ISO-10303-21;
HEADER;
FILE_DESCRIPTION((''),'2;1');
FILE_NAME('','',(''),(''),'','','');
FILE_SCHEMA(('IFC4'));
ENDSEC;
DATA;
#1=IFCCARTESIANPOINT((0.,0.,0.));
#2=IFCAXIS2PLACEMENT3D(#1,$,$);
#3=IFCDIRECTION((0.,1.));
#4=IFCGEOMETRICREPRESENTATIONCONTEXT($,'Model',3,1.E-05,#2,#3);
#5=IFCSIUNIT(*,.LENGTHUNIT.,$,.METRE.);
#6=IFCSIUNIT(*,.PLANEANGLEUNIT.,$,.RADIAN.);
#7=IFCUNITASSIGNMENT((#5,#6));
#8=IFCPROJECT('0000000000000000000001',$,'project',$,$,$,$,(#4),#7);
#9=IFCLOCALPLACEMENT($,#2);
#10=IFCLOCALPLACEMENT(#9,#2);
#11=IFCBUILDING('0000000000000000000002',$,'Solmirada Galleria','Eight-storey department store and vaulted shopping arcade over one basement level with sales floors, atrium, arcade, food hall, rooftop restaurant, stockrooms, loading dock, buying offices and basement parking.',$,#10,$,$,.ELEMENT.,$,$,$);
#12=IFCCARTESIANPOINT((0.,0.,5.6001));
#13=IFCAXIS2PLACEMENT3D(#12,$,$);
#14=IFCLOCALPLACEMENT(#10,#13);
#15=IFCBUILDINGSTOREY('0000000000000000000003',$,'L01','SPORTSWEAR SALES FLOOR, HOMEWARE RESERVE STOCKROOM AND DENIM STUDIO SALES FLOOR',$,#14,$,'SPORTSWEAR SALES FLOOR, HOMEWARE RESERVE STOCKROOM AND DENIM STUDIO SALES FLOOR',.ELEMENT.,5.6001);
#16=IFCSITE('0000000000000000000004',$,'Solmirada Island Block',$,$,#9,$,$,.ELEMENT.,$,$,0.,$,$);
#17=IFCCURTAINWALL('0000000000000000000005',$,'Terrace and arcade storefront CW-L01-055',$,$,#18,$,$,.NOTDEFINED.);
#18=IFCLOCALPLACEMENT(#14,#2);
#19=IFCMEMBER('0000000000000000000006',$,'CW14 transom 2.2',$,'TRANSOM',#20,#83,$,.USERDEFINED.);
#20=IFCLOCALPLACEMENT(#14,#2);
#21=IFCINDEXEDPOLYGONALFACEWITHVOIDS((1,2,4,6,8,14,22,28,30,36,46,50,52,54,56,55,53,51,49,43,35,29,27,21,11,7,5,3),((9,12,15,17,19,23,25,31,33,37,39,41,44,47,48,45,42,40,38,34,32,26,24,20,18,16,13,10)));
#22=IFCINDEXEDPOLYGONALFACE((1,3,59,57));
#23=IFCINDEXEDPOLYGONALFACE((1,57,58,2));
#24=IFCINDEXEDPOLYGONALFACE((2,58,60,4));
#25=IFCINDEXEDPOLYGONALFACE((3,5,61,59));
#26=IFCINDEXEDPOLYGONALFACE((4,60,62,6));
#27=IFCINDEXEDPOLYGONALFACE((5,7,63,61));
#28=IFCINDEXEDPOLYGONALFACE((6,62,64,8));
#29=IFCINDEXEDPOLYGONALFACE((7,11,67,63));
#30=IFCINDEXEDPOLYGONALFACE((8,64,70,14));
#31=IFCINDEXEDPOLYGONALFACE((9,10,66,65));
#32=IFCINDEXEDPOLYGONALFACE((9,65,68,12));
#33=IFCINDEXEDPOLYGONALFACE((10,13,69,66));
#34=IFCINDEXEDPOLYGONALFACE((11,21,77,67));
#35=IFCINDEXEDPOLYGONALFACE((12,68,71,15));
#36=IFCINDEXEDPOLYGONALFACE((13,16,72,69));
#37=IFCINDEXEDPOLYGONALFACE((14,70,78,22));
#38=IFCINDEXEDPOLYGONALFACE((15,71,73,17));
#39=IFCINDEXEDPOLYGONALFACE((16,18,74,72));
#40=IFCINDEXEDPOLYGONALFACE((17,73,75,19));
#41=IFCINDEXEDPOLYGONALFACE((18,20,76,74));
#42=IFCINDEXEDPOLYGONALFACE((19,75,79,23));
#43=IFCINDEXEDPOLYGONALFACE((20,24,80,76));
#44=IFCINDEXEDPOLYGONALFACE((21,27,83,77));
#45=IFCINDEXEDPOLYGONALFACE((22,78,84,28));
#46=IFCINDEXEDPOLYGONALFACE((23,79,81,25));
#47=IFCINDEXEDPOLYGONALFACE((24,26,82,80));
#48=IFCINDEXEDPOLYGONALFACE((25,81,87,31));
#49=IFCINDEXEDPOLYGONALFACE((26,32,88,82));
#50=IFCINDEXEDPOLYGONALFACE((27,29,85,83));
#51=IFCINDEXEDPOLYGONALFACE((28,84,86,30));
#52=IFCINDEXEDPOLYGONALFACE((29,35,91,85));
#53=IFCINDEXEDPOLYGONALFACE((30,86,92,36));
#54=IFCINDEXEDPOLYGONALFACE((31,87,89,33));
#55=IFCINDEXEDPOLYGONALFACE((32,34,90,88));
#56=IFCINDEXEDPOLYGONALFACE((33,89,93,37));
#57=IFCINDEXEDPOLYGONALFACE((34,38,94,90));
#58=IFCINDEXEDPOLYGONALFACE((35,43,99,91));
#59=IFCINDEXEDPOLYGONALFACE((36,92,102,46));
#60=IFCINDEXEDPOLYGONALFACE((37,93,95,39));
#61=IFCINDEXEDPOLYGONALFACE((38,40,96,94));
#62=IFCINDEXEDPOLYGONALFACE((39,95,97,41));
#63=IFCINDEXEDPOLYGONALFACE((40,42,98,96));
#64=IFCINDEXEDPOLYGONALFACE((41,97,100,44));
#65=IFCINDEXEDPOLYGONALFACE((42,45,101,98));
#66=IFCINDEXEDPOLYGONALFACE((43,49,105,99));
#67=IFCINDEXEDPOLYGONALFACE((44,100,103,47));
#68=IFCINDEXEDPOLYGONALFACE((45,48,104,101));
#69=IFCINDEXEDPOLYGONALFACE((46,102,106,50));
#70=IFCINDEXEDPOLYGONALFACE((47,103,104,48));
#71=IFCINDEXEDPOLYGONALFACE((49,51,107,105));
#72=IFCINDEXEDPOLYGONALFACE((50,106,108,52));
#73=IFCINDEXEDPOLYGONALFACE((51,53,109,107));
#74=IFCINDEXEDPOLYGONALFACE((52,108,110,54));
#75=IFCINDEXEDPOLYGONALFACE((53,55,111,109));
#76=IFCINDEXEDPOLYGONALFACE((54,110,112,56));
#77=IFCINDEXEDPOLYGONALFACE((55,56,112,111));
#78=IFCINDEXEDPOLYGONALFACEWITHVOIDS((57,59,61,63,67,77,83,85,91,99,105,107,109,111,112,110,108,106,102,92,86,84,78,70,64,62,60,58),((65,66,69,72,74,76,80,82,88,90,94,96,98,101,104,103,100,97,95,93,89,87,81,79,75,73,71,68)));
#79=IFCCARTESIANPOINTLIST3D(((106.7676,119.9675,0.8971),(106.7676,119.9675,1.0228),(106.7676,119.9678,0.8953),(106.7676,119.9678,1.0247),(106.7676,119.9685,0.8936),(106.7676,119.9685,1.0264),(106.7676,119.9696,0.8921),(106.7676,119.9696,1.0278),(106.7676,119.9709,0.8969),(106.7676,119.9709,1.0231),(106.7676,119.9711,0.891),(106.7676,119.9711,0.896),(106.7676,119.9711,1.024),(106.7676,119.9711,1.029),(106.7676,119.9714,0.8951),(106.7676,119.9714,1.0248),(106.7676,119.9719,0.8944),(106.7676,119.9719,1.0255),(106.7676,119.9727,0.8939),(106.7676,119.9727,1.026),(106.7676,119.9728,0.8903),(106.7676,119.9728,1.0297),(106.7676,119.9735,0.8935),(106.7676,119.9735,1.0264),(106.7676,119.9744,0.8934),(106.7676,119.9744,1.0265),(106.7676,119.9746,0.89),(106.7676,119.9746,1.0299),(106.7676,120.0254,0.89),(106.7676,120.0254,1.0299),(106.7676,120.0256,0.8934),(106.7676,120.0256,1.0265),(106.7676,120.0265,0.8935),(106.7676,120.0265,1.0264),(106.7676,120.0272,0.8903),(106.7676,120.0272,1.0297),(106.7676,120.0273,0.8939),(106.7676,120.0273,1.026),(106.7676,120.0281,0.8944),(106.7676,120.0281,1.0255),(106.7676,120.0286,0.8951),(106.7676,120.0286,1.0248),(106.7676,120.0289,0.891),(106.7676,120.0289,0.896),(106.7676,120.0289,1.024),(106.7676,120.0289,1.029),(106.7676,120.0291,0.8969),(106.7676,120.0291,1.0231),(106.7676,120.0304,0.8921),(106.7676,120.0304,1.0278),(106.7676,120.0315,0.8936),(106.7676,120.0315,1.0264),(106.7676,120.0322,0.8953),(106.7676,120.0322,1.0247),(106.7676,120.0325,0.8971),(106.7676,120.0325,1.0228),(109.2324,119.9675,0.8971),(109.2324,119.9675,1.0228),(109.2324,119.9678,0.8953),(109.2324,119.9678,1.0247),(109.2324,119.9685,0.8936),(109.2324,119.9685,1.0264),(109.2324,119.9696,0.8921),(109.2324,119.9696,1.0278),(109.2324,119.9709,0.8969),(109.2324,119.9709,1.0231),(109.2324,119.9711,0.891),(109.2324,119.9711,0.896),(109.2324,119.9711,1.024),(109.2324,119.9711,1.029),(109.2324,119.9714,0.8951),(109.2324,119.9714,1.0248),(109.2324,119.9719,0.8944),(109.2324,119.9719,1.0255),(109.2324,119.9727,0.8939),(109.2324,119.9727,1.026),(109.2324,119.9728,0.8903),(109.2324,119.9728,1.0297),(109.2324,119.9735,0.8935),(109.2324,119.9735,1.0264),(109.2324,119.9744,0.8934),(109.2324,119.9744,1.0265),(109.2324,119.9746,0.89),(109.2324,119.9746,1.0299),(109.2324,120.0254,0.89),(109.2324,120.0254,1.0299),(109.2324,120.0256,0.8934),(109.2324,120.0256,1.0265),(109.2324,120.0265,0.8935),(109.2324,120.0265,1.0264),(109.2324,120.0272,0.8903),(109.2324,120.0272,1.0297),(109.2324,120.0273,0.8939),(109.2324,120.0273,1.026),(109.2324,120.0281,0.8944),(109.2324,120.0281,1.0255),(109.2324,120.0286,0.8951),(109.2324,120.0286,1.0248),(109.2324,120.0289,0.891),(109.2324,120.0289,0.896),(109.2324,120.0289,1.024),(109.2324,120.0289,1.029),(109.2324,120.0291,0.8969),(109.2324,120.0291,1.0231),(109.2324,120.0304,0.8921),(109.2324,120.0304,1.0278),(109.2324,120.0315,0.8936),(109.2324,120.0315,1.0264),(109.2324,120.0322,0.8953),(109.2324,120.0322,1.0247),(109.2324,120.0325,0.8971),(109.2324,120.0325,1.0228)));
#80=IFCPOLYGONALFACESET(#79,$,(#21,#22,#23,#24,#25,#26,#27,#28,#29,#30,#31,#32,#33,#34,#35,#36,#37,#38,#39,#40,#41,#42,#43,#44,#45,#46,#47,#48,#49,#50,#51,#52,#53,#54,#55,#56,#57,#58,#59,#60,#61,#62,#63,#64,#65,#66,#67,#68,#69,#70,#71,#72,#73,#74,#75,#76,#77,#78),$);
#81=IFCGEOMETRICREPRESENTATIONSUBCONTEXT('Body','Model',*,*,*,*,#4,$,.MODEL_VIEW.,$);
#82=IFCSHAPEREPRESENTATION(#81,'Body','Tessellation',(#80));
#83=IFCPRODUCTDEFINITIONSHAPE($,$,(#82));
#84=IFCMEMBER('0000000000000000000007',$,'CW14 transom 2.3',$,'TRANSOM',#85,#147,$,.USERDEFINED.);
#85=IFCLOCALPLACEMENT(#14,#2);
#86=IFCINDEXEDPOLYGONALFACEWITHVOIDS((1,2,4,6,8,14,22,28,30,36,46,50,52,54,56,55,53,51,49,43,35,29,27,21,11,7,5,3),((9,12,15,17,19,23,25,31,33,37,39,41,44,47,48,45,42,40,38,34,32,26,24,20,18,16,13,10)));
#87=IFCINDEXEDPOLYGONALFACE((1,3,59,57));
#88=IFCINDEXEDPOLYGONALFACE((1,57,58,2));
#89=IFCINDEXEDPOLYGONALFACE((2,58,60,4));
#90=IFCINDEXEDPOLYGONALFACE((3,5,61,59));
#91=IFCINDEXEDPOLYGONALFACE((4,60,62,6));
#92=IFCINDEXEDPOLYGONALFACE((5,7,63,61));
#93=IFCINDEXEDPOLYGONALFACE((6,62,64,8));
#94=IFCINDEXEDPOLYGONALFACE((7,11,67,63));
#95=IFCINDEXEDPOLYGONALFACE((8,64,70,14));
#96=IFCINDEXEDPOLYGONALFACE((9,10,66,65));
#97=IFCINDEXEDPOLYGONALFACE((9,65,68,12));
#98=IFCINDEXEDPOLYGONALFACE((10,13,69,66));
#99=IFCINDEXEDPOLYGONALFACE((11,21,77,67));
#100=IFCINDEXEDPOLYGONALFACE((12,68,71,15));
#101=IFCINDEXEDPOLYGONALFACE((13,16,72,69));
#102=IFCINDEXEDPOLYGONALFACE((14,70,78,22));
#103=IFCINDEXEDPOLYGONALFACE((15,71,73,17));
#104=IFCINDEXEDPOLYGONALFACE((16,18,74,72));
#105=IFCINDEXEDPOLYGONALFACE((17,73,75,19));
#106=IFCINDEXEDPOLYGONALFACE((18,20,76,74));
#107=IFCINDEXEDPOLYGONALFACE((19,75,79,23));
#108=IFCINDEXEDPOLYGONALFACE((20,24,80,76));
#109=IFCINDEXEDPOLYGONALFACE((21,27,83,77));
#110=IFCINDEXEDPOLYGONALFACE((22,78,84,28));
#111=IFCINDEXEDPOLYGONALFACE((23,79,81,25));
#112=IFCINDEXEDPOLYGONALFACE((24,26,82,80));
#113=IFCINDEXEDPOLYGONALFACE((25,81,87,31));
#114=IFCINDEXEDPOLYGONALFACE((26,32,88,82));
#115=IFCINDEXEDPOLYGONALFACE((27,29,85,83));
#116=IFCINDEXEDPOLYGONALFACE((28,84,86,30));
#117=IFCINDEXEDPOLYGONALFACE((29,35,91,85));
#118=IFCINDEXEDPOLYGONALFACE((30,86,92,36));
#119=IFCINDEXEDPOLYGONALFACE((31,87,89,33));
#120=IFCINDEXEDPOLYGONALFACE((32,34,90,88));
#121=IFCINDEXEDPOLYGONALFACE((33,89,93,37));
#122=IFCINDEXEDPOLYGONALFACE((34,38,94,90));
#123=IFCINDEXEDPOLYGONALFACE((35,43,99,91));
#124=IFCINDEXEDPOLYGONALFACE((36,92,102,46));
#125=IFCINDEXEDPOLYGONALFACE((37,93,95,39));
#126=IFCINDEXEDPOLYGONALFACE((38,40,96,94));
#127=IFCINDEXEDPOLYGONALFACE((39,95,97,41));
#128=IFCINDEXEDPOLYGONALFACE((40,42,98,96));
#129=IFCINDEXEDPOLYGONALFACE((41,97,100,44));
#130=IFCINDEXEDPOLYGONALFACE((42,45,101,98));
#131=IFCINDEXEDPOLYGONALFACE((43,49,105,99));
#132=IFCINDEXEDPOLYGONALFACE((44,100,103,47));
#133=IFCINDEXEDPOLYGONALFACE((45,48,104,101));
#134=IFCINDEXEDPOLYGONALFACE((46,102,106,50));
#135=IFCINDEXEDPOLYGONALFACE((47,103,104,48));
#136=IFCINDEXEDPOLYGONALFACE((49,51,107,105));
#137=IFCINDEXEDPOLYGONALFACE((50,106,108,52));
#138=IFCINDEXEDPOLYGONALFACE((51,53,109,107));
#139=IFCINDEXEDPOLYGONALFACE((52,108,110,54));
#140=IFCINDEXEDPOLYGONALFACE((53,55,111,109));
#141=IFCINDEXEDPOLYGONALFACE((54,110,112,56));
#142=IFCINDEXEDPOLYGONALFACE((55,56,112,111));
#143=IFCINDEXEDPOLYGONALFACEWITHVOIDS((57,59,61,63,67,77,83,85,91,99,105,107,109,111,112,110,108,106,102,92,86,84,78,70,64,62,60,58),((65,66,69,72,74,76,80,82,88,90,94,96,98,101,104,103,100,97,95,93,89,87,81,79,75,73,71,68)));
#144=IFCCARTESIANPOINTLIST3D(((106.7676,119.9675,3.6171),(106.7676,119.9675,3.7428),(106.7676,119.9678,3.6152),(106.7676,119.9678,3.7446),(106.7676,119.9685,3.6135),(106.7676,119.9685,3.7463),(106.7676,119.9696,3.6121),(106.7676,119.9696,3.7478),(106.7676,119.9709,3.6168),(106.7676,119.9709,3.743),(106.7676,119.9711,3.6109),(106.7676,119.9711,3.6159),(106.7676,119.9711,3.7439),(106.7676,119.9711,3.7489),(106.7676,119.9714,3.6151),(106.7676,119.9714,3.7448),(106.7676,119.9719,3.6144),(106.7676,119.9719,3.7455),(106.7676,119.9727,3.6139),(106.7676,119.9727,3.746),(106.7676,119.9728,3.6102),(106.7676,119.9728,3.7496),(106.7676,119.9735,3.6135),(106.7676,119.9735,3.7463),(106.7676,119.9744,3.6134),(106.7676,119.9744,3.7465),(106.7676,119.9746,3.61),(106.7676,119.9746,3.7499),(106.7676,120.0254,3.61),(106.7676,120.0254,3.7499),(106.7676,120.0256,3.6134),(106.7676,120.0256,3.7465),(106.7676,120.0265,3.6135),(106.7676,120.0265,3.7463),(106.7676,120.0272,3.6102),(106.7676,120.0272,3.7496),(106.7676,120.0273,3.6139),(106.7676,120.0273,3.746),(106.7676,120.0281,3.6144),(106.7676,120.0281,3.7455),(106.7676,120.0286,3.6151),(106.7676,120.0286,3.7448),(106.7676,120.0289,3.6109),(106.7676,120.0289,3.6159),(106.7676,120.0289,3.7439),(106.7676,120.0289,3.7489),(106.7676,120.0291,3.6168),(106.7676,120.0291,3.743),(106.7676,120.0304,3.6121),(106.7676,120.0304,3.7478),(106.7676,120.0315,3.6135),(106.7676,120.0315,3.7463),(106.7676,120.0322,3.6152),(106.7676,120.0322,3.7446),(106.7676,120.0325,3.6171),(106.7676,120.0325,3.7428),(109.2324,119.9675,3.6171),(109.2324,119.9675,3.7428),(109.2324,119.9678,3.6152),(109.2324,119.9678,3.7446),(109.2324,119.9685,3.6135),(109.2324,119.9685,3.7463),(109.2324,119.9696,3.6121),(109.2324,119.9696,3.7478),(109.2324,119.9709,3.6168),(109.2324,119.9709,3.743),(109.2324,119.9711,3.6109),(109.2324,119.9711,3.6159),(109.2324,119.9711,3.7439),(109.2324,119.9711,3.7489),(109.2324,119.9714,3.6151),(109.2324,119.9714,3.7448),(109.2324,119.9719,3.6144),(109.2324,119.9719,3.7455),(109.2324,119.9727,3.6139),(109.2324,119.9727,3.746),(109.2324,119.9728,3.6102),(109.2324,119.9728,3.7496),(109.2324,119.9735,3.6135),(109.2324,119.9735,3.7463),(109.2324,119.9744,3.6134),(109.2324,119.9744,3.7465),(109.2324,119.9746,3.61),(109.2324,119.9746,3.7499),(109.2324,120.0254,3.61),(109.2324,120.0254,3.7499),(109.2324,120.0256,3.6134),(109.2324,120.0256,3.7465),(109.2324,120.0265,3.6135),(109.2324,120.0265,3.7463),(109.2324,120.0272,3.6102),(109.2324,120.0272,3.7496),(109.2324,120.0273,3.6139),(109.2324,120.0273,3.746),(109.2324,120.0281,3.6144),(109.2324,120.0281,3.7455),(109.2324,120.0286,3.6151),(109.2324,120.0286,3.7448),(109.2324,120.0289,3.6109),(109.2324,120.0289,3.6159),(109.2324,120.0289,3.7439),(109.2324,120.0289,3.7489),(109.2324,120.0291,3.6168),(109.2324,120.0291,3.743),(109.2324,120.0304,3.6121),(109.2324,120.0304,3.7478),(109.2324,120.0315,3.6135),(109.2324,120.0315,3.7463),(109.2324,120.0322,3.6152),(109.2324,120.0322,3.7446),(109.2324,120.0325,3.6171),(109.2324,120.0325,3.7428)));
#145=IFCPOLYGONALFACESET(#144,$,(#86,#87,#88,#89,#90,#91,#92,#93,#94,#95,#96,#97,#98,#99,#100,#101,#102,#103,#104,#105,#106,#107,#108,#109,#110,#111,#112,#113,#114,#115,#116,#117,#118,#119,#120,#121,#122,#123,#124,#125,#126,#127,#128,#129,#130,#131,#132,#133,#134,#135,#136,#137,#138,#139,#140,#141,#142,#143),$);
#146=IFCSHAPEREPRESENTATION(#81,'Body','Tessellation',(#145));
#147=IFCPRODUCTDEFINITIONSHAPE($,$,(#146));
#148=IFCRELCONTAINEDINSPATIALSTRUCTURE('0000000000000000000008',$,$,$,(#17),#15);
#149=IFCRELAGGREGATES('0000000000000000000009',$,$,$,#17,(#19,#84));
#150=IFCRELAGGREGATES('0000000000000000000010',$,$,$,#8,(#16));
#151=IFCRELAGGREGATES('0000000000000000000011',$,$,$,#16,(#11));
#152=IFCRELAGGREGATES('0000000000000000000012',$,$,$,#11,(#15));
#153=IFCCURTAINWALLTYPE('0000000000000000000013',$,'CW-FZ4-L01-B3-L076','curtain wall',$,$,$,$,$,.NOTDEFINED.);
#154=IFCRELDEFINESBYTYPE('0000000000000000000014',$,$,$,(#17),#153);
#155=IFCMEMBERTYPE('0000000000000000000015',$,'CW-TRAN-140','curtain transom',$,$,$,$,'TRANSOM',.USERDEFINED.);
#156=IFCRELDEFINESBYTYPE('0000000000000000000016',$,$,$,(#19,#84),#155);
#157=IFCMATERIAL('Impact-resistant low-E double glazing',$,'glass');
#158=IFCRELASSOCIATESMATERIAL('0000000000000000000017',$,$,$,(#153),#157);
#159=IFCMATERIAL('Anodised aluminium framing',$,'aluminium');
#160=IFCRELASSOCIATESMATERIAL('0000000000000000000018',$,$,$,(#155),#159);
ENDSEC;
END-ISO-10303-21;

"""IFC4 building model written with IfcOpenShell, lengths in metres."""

from ifc_helpers import new_model, si_unit, direction, frame, origin, origin_2d, place, context, subcontext, project, spatial, hollow_rectangle, extrude, material, material_profile, profile_set, type_object, element, aggregate, save


model = new_model("IFC4")

# Units and contexts
model_context = context("Model", 3, precision=1e-05, world=origin(), true_north=direction((0.0, 1.0)))
body_context = subcontext(model_context, "Body", "Model", "MODEL_VIEW")
ifc_project = project(units=[si_unit("LENGTHUNIT", "METRE"), si_unit("PLANEANGLEUNIT", "RADIAN")], contexts=[model_context])

# Site, building, storey
site_placement = place(None, origin())
site = spatial("IfcSite", under=ifc_project, at=site_placement, Name="Solmirada Island Block", CompositionType="ELEMENT", RefElevation=0.0)
building_placement = place(site_placement, origin())
building = spatial("IfcBuilding", under=site, at=building_placement, Name="Solmirada Galleria", Description="Eight-storey department store and vaulted shopping arcade over one basement level with sales floors, atrium, arcade, food hall, rooftop restaurant, stockrooms, loading dock, buying offices and basement parking.", CompositionType="ELEMENT")
storey_placement = place(building_placement, frame((0.0, 0.0, 5.6001)))
storey = spatial("IfcBuildingStorey", under=building, at=storey_placement, Name="L01", Description="SPORTSWEAR SALES FLOOR, HOMEWARE RESERVE STOCKROOM AND DENIM STUDIO SALES FLOOR", LongName="SPORTSWEAR SALES FLOOR, HOMEWARE RESERVE STOCKROOM AND DENIM STUDIO SALES FLOOR", CompositionType="ELEMENT", Elevation=5.6001)

# Curtain wall
ifc_material_1 = material(Name="Impact-resistant low-E double glazing", Category="glass")
curtain_wall_type_1 = type_object("IfcCurtainWallType", Name="CW-FZ4-L01-B3-L076", Description="curtain wall", PredefinedType="NOTDEFINED", material=ifc_material_1)
curtain_wall_1_placement = place(storey_placement, origin())
curtain_wall_1 = element("IfcCurtainWall", 1, at=curtain_wall_1_placement, inside=storey, type_object=curtain_wall_type_1, Name="Terrace and arcade storefront CW-L01-055", PredefinedType="NOTDEFINED")
ifc_material_2 = material(Name="Anodised aluminium framing", Category="aluminium")

# Members
ifc_material_profile_1 = material_profile(ifc_material_2, hollow_rectangle(XDim=0.0649, YDim=0.1399, WallThickness=0.0034, InnerFilletRadius=0.0034, OuterFilletRadius=0.0071, at=origin_2d()), Name="ALU-TRAN-140X65")
ifc_profile_set_1 = profile_set([ifc_material_profile_1], Name="Anodised aluminium framing")
member_type_1 = type_object("IfcMemberType", Name="CW-TRAN-140", Description="curtain transom", ElementType="TRANSOM", PredefinedType="USERDEFINED", material=ifc_profile_set_1)
member_1_placement = place(storey_placement, frame((106.7676, 120.0, 0.96), z_axis=(1.0, 0.0, 0.0), x_axis=(0.0, 1.0, 0.0)))
member_1 = element("IfcMember", 2, at=member_1_placement, type_object=member_type_1, Name="CW14 transom 2.2", ObjectType="TRANSOM", PredefinedType="USERDEFINED", context=body_context, shape_type="SweptSolid", body=[
    extrude(hollow_rectangle(XDim=0.0649, YDim=0.1399, WallThickness=0.0034, InnerFilletRadius=0.0034, OuterFilletRadius=0.0071, at=origin_2d()), origin(), (0.0, 0.0, 1.0), 2.4648),
])
member_2_placement = place(storey_placement, frame((106.7676, 120.0, 3.6799), z_axis=(1.0, 0.0, 0.0), x_axis=(0.0, 1.0, 0.0)))
member_2 = element("IfcMember", 3, at=member_2_placement, type_object=member_type_1, Name="CW14 transom 2.3", ObjectType="TRANSOM", PredefinedType="USERDEFINED", context=body_context, shape_type="SweptSolid", body=[
    extrude(hollow_rectangle(XDim=0.0649, YDim=0.1399, WallThickness=0.0034, InnerFilletRadius=0.0034, OuterFilletRadius=0.0071, at=origin_2d()), origin(), (0.0, 0.0, 1.0), 2.4648),
])

aggregate(curtain_wall_1, [member_1, member_2])

save(model, "model.ifc")
